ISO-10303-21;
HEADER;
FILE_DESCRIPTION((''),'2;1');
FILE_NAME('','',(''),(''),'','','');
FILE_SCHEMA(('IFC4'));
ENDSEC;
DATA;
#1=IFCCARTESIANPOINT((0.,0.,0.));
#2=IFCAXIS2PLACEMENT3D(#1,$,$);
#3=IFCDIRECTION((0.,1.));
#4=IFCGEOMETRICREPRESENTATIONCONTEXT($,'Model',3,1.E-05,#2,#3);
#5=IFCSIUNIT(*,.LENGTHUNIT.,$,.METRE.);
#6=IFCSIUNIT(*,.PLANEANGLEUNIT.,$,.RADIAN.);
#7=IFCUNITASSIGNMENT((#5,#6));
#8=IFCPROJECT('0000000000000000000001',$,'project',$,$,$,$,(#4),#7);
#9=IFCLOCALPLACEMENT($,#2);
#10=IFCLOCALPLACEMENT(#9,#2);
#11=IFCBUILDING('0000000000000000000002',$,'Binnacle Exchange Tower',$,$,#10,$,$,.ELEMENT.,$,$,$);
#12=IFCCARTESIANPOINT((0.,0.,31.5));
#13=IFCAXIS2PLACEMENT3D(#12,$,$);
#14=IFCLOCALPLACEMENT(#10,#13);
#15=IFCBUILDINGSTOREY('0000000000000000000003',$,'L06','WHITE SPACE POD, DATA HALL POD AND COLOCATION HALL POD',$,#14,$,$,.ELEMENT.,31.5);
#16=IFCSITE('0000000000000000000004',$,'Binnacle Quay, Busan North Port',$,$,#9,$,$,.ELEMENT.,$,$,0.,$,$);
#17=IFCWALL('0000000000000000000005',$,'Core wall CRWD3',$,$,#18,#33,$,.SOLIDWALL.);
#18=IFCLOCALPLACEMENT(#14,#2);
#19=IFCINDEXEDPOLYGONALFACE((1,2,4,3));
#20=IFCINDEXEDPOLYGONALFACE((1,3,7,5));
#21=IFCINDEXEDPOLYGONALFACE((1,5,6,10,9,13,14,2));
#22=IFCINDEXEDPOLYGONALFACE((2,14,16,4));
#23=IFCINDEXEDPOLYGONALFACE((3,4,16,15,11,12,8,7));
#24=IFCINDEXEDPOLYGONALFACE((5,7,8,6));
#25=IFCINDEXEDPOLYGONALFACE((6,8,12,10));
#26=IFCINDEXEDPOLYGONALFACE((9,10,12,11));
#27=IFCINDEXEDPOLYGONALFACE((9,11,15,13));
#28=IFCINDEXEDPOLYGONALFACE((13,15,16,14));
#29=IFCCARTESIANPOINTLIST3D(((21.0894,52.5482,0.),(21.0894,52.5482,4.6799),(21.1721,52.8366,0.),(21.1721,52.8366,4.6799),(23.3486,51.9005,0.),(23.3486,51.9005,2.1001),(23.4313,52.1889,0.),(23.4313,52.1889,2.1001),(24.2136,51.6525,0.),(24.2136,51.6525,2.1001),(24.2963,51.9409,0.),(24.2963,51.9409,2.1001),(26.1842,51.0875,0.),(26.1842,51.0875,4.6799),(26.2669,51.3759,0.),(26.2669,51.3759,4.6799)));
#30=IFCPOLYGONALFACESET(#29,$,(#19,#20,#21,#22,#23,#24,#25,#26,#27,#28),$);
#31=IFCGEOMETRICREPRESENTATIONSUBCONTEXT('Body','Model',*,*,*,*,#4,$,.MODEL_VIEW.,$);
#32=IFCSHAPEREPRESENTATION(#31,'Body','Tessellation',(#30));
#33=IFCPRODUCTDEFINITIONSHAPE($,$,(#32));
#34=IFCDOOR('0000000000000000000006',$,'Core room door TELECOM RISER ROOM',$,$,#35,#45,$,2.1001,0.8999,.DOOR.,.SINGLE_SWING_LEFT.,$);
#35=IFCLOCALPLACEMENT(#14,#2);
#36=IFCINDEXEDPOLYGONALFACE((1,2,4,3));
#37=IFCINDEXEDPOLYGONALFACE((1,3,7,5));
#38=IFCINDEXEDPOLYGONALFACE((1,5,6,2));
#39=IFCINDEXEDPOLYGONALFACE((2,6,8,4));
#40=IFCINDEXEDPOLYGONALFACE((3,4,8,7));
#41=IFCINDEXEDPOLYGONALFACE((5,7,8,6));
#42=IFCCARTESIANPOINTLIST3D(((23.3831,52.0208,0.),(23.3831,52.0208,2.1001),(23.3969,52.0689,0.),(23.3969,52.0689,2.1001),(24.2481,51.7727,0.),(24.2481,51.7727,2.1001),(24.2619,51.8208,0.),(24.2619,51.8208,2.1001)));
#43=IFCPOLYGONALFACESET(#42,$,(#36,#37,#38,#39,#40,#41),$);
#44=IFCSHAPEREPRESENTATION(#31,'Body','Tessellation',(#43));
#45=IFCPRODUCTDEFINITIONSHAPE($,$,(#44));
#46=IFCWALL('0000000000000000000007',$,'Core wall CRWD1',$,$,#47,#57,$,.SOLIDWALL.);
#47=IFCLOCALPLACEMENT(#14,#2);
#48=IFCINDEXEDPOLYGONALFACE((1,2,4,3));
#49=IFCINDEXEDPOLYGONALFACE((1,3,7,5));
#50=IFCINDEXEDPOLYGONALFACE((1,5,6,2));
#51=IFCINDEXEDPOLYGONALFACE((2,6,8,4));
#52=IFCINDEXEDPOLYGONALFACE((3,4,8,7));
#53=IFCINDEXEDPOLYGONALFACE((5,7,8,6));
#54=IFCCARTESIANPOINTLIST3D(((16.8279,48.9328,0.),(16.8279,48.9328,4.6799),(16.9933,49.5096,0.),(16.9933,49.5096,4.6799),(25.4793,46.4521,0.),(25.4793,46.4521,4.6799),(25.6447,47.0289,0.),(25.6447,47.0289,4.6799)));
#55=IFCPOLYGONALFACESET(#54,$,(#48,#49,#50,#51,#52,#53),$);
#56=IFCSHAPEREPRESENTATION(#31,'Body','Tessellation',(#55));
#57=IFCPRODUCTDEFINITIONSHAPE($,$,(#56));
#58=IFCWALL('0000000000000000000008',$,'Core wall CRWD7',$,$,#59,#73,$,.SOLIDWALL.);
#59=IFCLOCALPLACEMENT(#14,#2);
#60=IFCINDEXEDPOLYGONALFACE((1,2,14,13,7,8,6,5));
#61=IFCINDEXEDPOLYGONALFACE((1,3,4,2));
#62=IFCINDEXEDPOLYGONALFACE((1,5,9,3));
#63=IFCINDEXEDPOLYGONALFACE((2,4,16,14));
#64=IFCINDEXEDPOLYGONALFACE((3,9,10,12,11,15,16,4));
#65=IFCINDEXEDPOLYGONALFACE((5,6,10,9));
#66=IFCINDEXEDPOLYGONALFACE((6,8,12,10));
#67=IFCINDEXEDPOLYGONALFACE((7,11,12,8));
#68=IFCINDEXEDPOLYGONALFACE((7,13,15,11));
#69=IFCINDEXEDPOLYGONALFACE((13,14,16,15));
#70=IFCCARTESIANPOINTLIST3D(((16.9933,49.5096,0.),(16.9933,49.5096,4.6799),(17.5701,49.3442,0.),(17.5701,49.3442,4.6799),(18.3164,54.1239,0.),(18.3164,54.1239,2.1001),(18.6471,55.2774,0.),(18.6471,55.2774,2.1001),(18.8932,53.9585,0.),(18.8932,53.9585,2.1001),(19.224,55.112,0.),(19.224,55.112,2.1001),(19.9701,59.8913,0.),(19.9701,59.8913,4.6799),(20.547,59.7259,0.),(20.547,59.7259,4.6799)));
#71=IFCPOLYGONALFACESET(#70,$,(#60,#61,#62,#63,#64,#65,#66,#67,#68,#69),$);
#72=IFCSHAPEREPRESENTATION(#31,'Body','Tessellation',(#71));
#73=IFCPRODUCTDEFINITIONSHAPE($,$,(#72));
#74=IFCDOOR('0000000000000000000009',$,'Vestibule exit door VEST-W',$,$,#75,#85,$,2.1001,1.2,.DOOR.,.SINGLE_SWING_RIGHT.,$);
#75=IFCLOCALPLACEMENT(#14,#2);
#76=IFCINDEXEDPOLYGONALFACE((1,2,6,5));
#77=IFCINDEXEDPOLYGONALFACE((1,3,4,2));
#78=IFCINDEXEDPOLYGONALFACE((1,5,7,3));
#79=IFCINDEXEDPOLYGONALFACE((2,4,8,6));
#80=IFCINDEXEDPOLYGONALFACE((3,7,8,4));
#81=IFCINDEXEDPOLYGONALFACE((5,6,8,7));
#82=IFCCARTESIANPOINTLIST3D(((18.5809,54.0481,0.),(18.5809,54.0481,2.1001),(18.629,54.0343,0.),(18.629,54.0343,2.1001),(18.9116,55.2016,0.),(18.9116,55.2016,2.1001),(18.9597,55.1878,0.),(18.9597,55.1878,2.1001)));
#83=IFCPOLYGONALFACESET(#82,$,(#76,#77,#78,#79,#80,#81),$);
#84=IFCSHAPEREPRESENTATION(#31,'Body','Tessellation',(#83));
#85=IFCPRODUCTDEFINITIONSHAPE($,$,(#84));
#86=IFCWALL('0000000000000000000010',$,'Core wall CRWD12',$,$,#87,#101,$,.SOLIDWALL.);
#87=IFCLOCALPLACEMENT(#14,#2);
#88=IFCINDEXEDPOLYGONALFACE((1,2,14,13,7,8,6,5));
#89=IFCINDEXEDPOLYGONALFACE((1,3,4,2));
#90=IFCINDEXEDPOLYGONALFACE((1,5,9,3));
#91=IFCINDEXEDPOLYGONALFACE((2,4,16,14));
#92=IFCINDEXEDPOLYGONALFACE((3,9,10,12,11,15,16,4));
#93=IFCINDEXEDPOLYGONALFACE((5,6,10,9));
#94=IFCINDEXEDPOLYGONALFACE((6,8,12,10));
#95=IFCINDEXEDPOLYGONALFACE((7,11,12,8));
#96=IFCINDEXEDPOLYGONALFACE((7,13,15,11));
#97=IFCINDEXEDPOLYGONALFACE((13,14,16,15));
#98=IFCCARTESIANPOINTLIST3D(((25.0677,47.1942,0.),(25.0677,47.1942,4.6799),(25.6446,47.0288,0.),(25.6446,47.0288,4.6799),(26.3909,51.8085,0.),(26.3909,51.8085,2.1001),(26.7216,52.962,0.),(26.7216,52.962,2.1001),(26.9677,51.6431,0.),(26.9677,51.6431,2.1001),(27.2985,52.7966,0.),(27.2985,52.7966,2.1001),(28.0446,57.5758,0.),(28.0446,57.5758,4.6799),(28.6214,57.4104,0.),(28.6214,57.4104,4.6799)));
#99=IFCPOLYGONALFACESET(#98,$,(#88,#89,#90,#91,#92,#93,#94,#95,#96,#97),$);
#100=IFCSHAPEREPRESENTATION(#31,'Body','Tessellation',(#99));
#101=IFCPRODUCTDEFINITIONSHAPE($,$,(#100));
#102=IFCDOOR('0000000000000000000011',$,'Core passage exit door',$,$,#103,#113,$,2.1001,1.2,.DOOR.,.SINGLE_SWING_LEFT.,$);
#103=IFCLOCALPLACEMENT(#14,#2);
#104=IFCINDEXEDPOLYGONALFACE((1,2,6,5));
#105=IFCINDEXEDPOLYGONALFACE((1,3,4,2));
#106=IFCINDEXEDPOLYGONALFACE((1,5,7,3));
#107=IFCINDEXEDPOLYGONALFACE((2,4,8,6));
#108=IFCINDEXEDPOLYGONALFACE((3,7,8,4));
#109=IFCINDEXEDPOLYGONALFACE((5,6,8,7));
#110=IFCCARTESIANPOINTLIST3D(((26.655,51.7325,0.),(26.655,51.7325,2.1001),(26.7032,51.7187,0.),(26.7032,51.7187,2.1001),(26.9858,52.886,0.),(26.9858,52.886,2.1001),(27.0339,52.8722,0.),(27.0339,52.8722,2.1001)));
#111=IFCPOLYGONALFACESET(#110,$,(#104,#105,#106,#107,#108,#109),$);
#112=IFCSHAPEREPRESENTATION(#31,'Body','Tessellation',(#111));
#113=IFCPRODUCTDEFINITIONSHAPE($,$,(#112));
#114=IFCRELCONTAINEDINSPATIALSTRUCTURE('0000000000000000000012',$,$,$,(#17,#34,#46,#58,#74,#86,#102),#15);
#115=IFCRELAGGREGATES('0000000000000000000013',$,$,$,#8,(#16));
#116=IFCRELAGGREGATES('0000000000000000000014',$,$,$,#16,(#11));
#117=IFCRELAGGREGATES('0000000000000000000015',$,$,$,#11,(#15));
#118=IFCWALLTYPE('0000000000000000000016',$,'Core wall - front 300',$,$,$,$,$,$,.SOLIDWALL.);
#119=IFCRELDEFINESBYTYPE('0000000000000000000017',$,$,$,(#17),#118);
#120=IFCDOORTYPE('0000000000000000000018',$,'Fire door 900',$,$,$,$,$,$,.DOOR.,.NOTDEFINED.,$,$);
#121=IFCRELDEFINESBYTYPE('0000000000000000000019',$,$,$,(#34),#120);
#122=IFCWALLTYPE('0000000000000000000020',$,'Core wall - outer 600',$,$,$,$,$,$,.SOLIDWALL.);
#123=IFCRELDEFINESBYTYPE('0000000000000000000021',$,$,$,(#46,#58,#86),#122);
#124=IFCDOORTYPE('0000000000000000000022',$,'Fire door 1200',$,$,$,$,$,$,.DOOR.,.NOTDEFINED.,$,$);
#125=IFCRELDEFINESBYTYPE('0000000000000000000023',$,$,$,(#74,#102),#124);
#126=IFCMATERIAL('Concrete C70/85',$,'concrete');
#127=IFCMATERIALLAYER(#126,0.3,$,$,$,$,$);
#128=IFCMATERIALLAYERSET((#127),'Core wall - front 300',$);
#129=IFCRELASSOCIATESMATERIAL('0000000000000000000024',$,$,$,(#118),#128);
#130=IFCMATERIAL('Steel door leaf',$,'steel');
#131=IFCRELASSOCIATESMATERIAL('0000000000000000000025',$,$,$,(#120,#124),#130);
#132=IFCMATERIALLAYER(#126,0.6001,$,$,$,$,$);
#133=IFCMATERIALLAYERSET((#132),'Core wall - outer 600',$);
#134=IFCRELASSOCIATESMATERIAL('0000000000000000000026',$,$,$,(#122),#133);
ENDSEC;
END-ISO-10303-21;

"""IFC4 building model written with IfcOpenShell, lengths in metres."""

from ifc_helpers import new_model, si_unit, direction, frame, frame_2d, origin, place, context, subcontext, project, spatial, rectangle, extrude, material, layer, layer_set, type_object, element, fill, save


model = new_model("IFC4")

# Units and contexts
model_context = context("Model", 3, precision=1e-05, world=origin(), true_north=direction((0.0, 1.0)))
body_context = subcontext(model_context, "Body", "Model", "MODEL_VIEW")
ifc_project = project(units=[si_unit("LENGTHUNIT", "METRE"), si_unit("PLANEANGLEUNIT", "RADIAN")], contexts=[model_context])

# Site, building, storey
site_placement = place(None, origin())
site = spatial("IfcSite", under=ifc_project, at=site_placement, Name="Binnacle Quay, Busan North Port", CompositionType="ELEMENT", RefElevation=0.0)
building_placement = place(site_placement, origin())
building = spatial("IfcBuilding", under=site, at=building_placement, Name="Binnacle Exchange Tower", CompositionType="ELEMENT")
storey_placement = place(building_placement, frame((0.0, 0.0, 31.5)))
storey = spatial("IfcBuildingStorey", under=building, at=storey_placement, Name="L06", Description="WHITE SPACE POD, DATA HALL POD AND COLOCATION HALL POD", CompositionType="ELEMENT", Elevation=31.5)

# Shared definitions
ifc_material_1 = material(Name="Concrete C70/85", Category="concrete")

# Wall, opening, door
ifc_layer_1 = layer(ifc_material_1, 0.3)
ifc_layer_set_1 = layer_set([ifc_layer_1], Name="Core wall - front 300")
wall_type_1 = type_object("IfcWallType", Name="Core wall - front 300", PredefinedType="SOLIDWALL", material=ifc_layer_set_1)
wall_1_placement = place(storey_placement, frame((21.1309, 52.6924, 0.0), z_axis=(0.0, 0.0, 1.0), x_axis=(0.961271, -0.275603, 0.0)))
wall_1 = element("IfcWall", 1, at=wall_1_placement, inside=storey, type_object=wall_type_1, Name="Core wall CRWD3", PredefinedType="SOLIDWALL", context=body_context, shape_type="SweptSolid", body=[
    extrude(rectangle(XDim=5.3, YDim=0.3, at=frame_2d((2.6499, 0.0))), origin(), (0.0, 0.0, 1.0), 4.6799),
])
opening_1_placement = place(wall_1_placement, frame((2.3501, 0.0, 0.0)))
opening_1 = element("IfcOpeningElement", 2, at=opening_1_placement, cuts=wall_1, PredefinedType="OPENING", context=body_context, shape_type="SweptSolid", body=[
    extrude(rectangle(XDim=0.8999, YDim=2.1001, at=frame_2d((0.45, 1.05))), frame((0.0, 0.1599, 0.0), z_axis=(0.0, -1.0, 0.0), x_axis=(1.0, 0.0, 0.0)), (0.0, 0.0, 1.0), 0.3201),
])
ifc_material_2 = material(Name="Steel door leaf", Category="steel")
door_type_1 = type_object("IfcDoorType", Name="Fire door 900", OperationType="NOTDEFINED", PredefinedType="DOOR", material=ifc_material_2)
door_1_placement = place(opening_1_placement, frame((0.8999, 0.0, 0.0), z_axis=(0.0, 0.0, 1.0), x_axis=(-1.0, 0.0, 0.0)))
door_1 = element("IfcDoor", 3, at=door_1_placement, inside=storey, type_object=door_type_1, Name="Core room door TELECOM RISER ROOM", OperationType="SINGLE_SWING_LEFT", OverallHeight=2.1001, OverallWidth=0.8999, PredefinedType="DOOR", context=body_context, shape_type="SweptSolid", body=[
    extrude(rectangle(XDim=0.8999, YDim=2.1001, at=frame_2d((0.45, 1.05))), frame((0.0, 0.0249, 0.0), z_axis=(0.0, -1.0, 0.0), x_axis=(1.0, 0.0, 0.0)), (0.0, 0.0, 1.0), 0.05),
])
fill(opening_1, door_1)

# Wall
ifc_layer_2 = layer(ifc_material_1, 0.6001)
ifc_layer_set_2 = layer_set([ifc_layer_2], Name="Core wall - outer 600")
wall_type_2 = type_object("IfcWallType", Name="Core wall - outer 600", PredefinedType="SOLIDWALL", material=ifc_layer_set_2)
wall_2_placement = place(storey_placement, frame((16.9106, 49.2212, 0.0), z_axis=(0.0, 0.0, 1.0), x_axis=(0.961262, -0.275635, 0.0)))
element("IfcWall", 4, at=wall_2_placement, inside=storey, type_object=wall_type_2, Name="Core wall CRWD1", PredefinedType="SOLIDWALL", context=body_context, shape_type="SweptSolid", body=[
    extrude(rectangle(XDim=9.0, YDim=0.6001, at=frame_2d((4.5, 0.0))), origin(), (0.0, 0.0, 1.0), 4.6799),
])

# Walls, openings, doors
wall_3_placement = place(storey_placement, frame((17.2817, 49.427, 0.0), z_axis=(0.0, 0.0, 1.0), x_axis=(0.275632, 0.961263, 0.0)))
wall_3 = element("IfcWall", 5, at=wall_3_placement, inside=storey, type_object=wall_type_2, Name="Core wall CRWD7", PredefinedType="SOLIDWALL", context=body_context, shape_type="SweptSolid", body=[
    extrude(rectangle(XDim=10.8, YDim=0.6001, at=frame_2d((5.3999, 0.0))), origin(), (0.0, 0.0, 1.0), 4.6799),
])
opening_2_placement = place(wall_3_placement, frame((4.8, 0.0, 0.0)))
opening_2 = element("IfcOpeningElement", 6, at=opening_2_placement, cuts=wall_3, PredefinedType="OPENING", context=body_context, shape_type="SweptSolid", body=[
    extrude(rectangle(XDim=1.2, YDim=2.1001, at=frame_2d((0.6001, 1.05))), frame((0.0, 0.3101, 0.0), z_axis=(0.0, -1.0, 0.0), x_axis=(1.0, 0.0, 0.0)), (0.0, 0.0, 1.0), 0.6201),
])
door_type_2 = type_object("IfcDoorType", Name="Fire door 1200", OperationType="NOTDEFINED", PredefinedType="DOOR", material=ifc_material_2)
door_2_placement = place(opening_2_placement, origin())
door_2 = element("IfcDoor", 7, at=door_2_placement, inside=storey, type_object=door_type_2, Name="Vestibule exit door VEST-W", OperationType="SINGLE_SWING_RIGHT", OverallHeight=2.1001, OverallWidth=1.2, PredefinedType="DOOR", context=body_context, shape_type="SweptSolid", body=[
    extrude(rectangle(XDim=1.2, YDim=2.1001, at=frame_2d((0.6001, 1.05))), frame((0.0, 0.0249, 0.0), z_axis=(0.0, -1.0, 0.0), x_axis=(1.0, 0.0, 0.0)), (0.0, 0.0, 1.0), 0.05),
])
fill(opening_2, door_2)
wall_4_placement = place(storey_placement, frame((25.3562, 47.1116, 0.0), z_axis=(0.0, 0.0, 1.0), x_axis=(0.275632, 0.961263, 0.0)))
wall_4 = element("IfcWall", 8, at=wall_4_placement, inside=storey, type_object=wall_type_2, Name="Core wall CRWD12", PredefinedType="SOLIDWALL", context=body_context, shape_type="SweptSolid", body=[
    extrude(rectangle(XDim=10.8, YDim=0.6001, at=frame_2d((5.3999, 0.0))), origin(), (0.0, 0.0, 1.0), 4.6799),
])
opening_3_placement = place(wall_4_placement, frame((4.8, 0.0, 0.0)))
opening_3 = element("IfcOpeningElement", 9, at=opening_3_placement, cuts=wall_4, PredefinedType="OPENING", context=body_context, shape_type="SweptSolid", body=[
    extrude(rectangle(XDim=1.2, YDim=2.1001, at=frame_2d((0.6001, 1.05))), frame((0.0, 0.3101, 0.0), z_axis=(0.0, -1.0, 0.0), x_axis=(1.0, 0.0, 0.0)), (0.0, 0.0, 1.0), 0.6201),
])
door_3_placement = place(opening_3_placement, frame((1.2, 0.0, 0.0), z_axis=(0.0, 0.0, 1.0), x_axis=(-1.0, 0.0, 0.0)))
door_3 = element("IfcDoor", 10, at=door_3_placement, inside=storey, type_object=door_type_2, Name="Core passage exit door", OperationType="SINGLE_SWING_LEFT", OverallHeight=2.1001, OverallWidth=1.2, PredefinedType="DOOR", context=body_context, shape_type="SweptSolid", body=[
    extrude(rectangle(XDim=1.2, YDim=2.1001, at=frame_2d((0.6001, 1.05))), frame((0.0, 0.0249, 0.0), z_axis=(0.0, -1.0, 0.0), x_axis=(1.0, 0.0, 0.0)), (0.0, 0.0, 1.0), 0.05),
])
fill(opening_3, door_3)

save(model, "model.ifc")
